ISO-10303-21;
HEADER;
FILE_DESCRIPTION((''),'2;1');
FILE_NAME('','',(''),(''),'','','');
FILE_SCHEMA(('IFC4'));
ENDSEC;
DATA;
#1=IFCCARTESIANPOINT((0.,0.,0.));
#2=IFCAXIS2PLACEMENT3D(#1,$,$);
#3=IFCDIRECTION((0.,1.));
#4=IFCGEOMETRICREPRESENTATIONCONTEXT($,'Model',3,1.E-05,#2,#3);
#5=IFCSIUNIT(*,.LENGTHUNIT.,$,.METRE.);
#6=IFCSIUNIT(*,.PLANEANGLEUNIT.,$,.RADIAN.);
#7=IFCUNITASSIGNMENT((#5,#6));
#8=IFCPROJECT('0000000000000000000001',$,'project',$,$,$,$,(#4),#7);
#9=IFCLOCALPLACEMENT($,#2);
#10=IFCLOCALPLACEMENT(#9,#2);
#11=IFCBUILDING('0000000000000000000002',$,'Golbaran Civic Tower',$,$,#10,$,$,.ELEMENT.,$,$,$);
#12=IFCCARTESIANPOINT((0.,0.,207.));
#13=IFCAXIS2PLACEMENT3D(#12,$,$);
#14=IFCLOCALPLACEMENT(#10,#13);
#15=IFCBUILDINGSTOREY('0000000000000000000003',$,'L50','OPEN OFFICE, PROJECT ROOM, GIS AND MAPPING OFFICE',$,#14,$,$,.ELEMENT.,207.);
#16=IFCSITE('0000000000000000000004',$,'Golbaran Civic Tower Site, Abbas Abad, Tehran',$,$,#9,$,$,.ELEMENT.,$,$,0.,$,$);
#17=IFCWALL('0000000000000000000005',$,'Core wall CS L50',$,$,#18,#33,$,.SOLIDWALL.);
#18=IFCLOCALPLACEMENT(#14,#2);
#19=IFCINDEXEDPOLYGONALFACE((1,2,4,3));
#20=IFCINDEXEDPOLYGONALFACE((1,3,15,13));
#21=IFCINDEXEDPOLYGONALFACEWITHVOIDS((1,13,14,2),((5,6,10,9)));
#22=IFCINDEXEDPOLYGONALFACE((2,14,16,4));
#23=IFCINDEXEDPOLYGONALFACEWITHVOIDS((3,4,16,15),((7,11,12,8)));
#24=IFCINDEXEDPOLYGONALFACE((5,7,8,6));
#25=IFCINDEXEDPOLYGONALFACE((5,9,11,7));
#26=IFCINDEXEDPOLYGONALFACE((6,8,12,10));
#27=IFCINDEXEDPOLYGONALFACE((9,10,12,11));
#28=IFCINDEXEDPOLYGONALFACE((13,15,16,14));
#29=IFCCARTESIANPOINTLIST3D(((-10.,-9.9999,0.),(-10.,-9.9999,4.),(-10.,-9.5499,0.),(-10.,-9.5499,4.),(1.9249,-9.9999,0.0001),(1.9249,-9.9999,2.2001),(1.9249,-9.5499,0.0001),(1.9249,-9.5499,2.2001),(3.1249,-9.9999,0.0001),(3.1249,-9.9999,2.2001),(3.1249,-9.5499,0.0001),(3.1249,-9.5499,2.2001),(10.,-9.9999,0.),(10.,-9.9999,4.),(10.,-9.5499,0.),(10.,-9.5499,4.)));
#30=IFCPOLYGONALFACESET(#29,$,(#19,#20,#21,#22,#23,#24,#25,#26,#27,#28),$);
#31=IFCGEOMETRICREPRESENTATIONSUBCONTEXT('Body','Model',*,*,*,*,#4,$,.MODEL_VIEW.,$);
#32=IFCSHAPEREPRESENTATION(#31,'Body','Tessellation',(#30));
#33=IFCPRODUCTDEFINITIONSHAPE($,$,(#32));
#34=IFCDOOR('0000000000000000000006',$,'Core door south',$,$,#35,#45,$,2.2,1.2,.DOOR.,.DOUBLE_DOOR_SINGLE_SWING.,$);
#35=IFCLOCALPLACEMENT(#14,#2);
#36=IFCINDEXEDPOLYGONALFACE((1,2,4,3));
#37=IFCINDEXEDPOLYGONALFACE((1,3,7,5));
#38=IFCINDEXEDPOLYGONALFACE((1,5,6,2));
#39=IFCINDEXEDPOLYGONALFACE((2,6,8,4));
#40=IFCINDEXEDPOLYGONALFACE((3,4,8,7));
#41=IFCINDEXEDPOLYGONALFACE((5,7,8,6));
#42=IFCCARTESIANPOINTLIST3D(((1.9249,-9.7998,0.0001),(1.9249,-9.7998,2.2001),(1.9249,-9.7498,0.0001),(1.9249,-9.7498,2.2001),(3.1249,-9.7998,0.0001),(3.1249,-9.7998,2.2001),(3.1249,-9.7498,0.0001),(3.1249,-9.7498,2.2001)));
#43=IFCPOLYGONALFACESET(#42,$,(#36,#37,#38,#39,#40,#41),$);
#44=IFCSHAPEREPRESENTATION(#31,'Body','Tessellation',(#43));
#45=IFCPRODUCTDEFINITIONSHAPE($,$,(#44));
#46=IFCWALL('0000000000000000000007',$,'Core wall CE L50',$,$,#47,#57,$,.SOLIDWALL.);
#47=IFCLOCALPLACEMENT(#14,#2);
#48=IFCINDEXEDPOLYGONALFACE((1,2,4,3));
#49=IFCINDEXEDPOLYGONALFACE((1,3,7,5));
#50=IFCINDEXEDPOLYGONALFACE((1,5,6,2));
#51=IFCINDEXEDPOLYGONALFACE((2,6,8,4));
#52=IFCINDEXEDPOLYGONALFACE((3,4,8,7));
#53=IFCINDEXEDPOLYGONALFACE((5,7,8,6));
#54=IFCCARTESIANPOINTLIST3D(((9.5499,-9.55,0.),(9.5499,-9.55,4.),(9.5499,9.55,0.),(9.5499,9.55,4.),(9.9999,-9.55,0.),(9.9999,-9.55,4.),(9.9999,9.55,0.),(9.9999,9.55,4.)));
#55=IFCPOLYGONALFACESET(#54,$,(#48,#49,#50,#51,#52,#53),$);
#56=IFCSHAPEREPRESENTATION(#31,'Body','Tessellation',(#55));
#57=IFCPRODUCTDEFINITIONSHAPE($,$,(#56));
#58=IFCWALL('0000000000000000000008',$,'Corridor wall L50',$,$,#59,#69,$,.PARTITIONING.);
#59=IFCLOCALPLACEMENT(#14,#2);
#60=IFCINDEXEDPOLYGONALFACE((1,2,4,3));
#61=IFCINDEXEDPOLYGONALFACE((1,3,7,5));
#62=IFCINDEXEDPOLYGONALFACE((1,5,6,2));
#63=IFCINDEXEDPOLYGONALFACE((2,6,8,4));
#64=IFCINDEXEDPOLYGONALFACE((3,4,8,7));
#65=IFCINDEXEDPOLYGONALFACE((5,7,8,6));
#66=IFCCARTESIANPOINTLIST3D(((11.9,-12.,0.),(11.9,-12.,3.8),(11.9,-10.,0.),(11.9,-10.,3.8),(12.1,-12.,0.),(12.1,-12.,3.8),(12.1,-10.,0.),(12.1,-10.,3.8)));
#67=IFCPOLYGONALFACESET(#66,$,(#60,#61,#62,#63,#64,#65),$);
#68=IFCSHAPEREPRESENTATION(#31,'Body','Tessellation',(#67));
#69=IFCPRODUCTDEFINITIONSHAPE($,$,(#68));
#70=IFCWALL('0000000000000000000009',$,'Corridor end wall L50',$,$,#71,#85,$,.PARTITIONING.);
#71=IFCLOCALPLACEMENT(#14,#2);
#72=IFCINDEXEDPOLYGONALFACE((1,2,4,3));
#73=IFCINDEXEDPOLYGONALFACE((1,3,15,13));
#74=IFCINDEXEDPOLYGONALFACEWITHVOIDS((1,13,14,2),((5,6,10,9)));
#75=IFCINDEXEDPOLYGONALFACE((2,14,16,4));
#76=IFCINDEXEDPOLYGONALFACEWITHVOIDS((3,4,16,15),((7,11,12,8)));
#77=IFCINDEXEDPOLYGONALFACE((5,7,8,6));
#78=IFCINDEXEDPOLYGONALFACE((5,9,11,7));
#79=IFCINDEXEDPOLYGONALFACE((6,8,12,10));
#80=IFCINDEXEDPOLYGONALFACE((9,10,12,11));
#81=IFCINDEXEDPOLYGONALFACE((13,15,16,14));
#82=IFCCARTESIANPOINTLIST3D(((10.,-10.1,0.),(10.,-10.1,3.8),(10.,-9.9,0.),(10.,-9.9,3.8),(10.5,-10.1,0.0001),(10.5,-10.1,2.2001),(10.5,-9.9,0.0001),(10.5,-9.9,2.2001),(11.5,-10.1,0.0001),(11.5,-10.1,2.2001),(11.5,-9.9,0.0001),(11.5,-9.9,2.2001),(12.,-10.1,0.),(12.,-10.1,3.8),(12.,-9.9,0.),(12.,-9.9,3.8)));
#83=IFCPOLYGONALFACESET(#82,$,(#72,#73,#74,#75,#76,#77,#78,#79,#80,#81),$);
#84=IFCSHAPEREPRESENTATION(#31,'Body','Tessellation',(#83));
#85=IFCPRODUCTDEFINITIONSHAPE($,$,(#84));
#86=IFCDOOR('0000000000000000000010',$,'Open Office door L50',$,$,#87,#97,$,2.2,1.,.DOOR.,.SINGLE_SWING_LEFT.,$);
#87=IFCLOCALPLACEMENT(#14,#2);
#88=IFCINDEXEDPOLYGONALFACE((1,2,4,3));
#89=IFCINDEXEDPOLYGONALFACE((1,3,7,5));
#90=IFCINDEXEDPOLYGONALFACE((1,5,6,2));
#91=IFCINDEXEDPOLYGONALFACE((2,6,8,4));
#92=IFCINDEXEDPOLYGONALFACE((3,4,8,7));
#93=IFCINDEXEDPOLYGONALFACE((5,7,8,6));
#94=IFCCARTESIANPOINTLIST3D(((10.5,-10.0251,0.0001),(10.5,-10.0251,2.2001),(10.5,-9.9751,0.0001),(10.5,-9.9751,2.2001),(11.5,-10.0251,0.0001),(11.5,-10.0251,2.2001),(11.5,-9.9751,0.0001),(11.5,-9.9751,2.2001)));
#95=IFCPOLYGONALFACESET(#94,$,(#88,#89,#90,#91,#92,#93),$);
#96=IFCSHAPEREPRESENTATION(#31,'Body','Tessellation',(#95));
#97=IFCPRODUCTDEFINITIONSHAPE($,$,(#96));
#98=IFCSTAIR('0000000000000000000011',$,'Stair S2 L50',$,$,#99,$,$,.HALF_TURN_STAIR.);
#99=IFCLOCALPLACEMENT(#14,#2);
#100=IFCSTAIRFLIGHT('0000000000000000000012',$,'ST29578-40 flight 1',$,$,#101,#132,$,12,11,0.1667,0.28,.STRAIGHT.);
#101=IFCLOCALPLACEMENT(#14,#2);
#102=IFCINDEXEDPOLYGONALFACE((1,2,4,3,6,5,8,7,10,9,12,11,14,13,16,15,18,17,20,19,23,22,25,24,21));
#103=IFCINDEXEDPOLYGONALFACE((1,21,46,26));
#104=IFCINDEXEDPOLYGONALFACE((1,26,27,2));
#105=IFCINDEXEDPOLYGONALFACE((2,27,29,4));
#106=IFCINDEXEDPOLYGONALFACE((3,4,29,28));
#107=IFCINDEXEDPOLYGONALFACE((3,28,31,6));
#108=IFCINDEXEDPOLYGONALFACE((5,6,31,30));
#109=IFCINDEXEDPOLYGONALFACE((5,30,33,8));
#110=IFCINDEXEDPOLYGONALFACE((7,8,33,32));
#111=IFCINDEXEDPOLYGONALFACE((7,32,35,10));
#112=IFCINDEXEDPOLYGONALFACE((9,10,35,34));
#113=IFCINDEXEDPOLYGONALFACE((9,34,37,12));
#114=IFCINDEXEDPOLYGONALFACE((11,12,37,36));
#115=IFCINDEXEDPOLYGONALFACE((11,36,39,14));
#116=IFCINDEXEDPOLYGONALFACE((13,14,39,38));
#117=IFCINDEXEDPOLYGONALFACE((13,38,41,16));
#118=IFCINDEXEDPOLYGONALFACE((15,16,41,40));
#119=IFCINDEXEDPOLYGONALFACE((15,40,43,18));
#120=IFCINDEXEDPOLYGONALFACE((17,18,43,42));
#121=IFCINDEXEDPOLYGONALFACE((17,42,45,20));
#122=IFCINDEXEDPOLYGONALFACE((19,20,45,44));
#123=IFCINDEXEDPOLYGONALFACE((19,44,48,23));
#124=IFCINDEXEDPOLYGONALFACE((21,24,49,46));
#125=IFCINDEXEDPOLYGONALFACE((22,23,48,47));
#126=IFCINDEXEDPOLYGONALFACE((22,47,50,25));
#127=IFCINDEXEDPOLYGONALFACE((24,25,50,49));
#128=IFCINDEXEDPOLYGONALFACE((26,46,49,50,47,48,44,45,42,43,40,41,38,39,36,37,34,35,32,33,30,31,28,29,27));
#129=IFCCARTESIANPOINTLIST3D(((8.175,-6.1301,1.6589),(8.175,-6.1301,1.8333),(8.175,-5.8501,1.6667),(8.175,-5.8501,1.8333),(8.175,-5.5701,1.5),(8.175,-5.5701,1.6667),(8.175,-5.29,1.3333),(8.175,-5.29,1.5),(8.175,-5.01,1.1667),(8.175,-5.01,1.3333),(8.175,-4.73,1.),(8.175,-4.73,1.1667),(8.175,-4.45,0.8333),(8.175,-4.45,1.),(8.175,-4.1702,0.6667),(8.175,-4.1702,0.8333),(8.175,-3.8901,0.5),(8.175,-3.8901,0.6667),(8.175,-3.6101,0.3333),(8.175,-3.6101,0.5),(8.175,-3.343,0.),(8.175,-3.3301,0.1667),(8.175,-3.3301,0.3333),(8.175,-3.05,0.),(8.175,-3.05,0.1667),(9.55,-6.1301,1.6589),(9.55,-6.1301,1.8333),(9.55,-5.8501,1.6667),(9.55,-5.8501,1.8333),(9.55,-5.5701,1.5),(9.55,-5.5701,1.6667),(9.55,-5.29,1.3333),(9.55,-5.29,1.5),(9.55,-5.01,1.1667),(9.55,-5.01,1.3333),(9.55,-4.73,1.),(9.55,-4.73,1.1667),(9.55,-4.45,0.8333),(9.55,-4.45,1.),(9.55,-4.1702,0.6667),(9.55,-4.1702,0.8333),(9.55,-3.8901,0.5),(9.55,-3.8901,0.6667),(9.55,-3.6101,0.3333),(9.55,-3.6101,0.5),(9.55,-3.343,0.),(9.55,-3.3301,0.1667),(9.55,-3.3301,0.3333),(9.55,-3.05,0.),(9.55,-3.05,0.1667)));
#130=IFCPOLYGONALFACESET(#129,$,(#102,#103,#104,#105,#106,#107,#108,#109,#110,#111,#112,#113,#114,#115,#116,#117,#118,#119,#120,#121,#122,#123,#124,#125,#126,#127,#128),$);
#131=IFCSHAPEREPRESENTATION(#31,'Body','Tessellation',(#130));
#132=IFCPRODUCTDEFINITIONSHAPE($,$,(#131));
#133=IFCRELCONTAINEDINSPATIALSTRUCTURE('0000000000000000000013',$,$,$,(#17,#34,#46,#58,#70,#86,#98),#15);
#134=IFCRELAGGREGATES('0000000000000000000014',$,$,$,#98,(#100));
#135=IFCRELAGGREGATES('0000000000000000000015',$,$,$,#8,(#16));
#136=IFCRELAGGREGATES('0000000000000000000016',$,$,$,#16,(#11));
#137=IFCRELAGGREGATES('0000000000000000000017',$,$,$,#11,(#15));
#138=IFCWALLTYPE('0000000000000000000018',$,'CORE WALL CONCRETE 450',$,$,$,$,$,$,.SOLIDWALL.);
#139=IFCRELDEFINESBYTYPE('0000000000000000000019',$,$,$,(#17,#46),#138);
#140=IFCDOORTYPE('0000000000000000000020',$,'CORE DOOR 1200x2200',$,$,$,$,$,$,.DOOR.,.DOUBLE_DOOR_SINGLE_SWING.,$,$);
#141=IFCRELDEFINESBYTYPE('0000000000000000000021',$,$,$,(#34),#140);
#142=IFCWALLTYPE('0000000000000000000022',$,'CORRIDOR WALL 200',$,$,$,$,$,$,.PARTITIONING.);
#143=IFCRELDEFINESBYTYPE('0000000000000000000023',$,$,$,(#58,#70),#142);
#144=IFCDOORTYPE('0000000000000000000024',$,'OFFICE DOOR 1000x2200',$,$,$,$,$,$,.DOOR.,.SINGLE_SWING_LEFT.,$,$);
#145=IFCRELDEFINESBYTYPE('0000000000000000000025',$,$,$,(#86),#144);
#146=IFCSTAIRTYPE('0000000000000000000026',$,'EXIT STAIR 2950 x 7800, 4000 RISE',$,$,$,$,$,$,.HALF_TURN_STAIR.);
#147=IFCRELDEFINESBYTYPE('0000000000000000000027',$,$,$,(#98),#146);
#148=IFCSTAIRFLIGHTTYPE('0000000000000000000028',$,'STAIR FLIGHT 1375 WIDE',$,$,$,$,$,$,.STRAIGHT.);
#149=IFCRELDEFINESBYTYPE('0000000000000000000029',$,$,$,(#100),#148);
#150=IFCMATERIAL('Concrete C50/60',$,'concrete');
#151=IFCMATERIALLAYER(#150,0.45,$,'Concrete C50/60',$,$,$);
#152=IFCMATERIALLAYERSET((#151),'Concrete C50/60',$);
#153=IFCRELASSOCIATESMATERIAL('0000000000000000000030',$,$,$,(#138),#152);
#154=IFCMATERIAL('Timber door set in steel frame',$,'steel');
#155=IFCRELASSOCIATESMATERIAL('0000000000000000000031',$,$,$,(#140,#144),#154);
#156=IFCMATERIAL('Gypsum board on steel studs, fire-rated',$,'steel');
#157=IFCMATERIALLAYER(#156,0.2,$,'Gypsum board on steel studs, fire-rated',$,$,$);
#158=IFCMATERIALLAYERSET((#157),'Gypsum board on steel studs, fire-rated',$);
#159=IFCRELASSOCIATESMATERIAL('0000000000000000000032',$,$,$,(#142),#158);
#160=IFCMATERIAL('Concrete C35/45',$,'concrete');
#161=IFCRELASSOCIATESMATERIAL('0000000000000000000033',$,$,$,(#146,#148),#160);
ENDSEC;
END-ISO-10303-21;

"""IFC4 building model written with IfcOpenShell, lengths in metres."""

from ifc_helpers import new_model, si_unit, direction, frame, frame_2d, origin, place, context, subcontext, project, spatial, polyline, rectangle, outline, extrude, material, layer, layer_set, type_object, element, fill, aggregate, save


model = new_model("IFC4")

# Units and contexts
model_context = context("Model", 3, precision=1e-05, world=origin(), true_north=direction((0.0, 1.0)))
body_context = subcontext(model_context, "Body", "Model", "MODEL_VIEW")
ifc_project = project(units=[si_unit("LENGTHUNIT", "METRE"), si_unit("PLANEANGLEUNIT", "RADIAN")], contexts=[model_context])

# Site, building, storey
site_placement = place(None, origin())
site = spatial("IfcSite", under=ifc_project, at=site_placement, Name="Golbaran Civic Tower Site, Abbas Abad, Tehran", CompositionType="ELEMENT", RefElevation=0.0)
building_placement = place(site_placement, origin())
building = spatial("IfcBuilding", under=site, at=building_placement, Name="Golbaran Civic Tower", CompositionType="ELEMENT")
storey_placement = place(building_placement, frame((0.0, 0.0, 207.0)))
storey = spatial("IfcBuildingStorey", under=building, at=storey_placement, Name="L50", Description="OPEN OFFICE, PROJECT ROOM, GIS AND MAPPING OFFICE", CompositionType="ELEMENT", Elevation=207.0)

# Wall, opening, door
ifc_material_1 = material(Name="Concrete C50/60", Category="concrete")
ifc_layer_1 = layer(ifc_material_1, 0.45, Name="Concrete C50/60")
ifc_layer_set_1 = layer_set([ifc_layer_1], Name="Concrete C50/60")
wall_type_1 = type_object("IfcWallType", Name="CORE WALL CONCRETE 450", PredefinedType="SOLIDWALL", material=ifc_layer_set_1)
wall_1_placement = place(storey_placement, frame((10.0, -9.7749, 0.0), z_axis=(0.0, 0.0, 1.0), x_axis=(-1.0, 0.0, 0.0)))
wall_1 = element("IfcWall", 1, at=wall_1_placement, inside=storey, type_object=wall_type_1, Name="Core wall CS L50", PredefinedType="SOLIDWALL", context=body_context, shape_type="SweptSolid", body=[
    extrude(rectangle(XDim=20.0, YDim=0.45, at=frame_2d((10.0, 0.0))), origin(), (0.0, 0.0, 1.0), 4.0),
])
opening_1_placement = place(wall_1_placement, frame((6.875, 0.0, 0.0)))
opening_1 = element("IfcOpeningElement", 2, at=opening_1_placement, cuts=wall_1, PredefinedType="OPENING", context=body_context, shape_type="SweptSolid", body=[
    extrude(rectangle(XDim=1.2, YDim=2.2, at=frame_2d((0.6001, 1.1001))), frame((0.0, 0.2349, 0.0), z_axis=(0.0, -1.0, 0.0), x_axis=(1.0, 0.0, 0.0)), (0.0, 0.0, 1.0), 0.47),
])
ifc_material_2 = material(Name="Timber door set in steel frame", Category="steel")
door_type_1 = type_object("IfcDoorType", Name="CORE DOOR 1200x2200", OperationType="DOUBLE_DOOR_SINGLE_SWING", PredefinedType="DOOR", material=ifc_material_2)
door_1_placement = place(opening_1_placement, origin())
door_1 = element("IfcDoor", 3, at=door_1_placement, inside=storey, type_object=door_type_1, Name="Core door south", OperationType="DOUBLE_DOOR_SINGLE_SWING", OverallHeight=2.2, OverallWidth=1.2, PredefinedType="DOOR", context=body_context, shape_type="SweptSolid", body=[
    extrude(rectangle(XDim=1.2, YDim=2.2, at=frame_2d((0.6001, 1.1001))), frame((0.0, 0.0249, 0.0), z_axis=(0.0, -1.0, 0.0), x_axis=(1.0, 0.0, 0.0)), (0.0, 0.0, 1.0), 0.05),
])
fill(opening_1, door_1)

# Walls
wall_2_placement = place(storey_placement, frame((9.7749, -9.55, 0.0), z_axis=(0.0, 0.0, 1.0), x_axis=(0.0, 1.0, 0.0)))
element("IfcWall", 4, at=wall_2_placement, inside=storey, type_object=wall_type_1, Name="Core wall CE L50", PredefinedType="SOLIDWALL", context=body_context, shape_type="SweptSolid", body=[
    extrude(rectangle(XDim=19.1001, YDim=0.45, at=frame_2d((9.55, 0.0))), origin(), (0.0, 0.0, 1.0), 4.0),
])
ifc_material_3 = material(Name="Gypsum board on steel studs, fire-rated", Category="steel")
ifc_layer_2 = layer(ifc_material_3, 0.2, Name="Gypsum board on steel studs, fire-rated")
ifc_layer_set_2 = layer_set([ifc_layer_2], Name="Gypsum board on steel studs, fire-rated")
wall_type_2 = type_object("IfcWallType", Name="CORRIDOR WALL 200", PredefinedType="PARTITIONING", material=ifc_layer_set_2)
wall_3_placement = place(storey_placement, frame((12.0, -12.0, 0.0), z_axis=(0.0, 0.0, 1.0), x_axis=(0.0, 1.0, 0.0)))
element("IfcWall", 5, at=wall_3_placement, inside=storey, type_object=wall_type_2, Name="Corridor wall L50", PredefinedType="PARTITIONING", context=body_context, shape_type="SweptSolid", body=[
    extrude(rectangle(XDim=2.0, YDim=0.2, at=frame_2d((1.0, 0.0))), origin(), (0.0, 0.0, 1.0), 3.8),
])

# Wall, opening, door
wall_4_placement = place(storey_placement, frame((10.0, -10.0, 0.0), z_axis=(0.0, 0.0, 1.0), x_axis=(1.0, 0.0, 0.0)))
wall_4 = element("IfcWall", 6, at=wall_4_placement, inside=storey, type_object=wall_type_2, Name="Corridor end wall L50", PredefinedType="PARTITIONING", context=body_context, shape_type="SweptSolid", body=[
    extrude(rectangle(XDim=2.0, YDim=0.2, at=frame_2d((1.0, 0.0))), origin(), (0.0, 0.0, 1.0), 3.8),
])
opening_2_placement = place(wall_4_placement, frame((0.5, 0.0, 0.0)))
opening_2 = element("IfcOpeningElement", 7, at=opening_2_placement, cuts=wall_4, PredefinedType="OPENING", context=body_context, shape_type="SweptSolid", body=[
    extrude(rectangle(XDim=1.0, YDim=2.2, at=frame_2d((0.5, 1.1001))), frame((0.0, 0.1099, 0.0), z_axis=(0.0, -1.0, 0.0), x_axis=(1.0, 0.0, 0.0)), (0.0, 0.0, 1.0), 0.22),
])
door_type_2 = type_object("IfcDoorType", Name="OFFICE DOOR 1000x2200", OperationType="SINGLE_SWING_LEFT", PredefinedType="DOOR", material=ifc_material_2)
door_2_placement = place(opening_2_placement, origin())
door_2 = element("IfcDoor", 8, at=door_2_placement, inside=storey, type_object=door_type_2, Name="Open Office door L50", OperationType="SINGLE_SWING_LEFT", OverallHeight=2.2, OverallWidth=1.0, PredefinedType="DOOR", context=body_context, shape_type="SweptSolid", body=[
    extrude(rectangle(XDim=1.0, YDim=2.2, at=frame_2d((0.5, 1.1001))), frame((0.0, 0.0249, 0.0), z_axis=(0.0, -1.0, 0.0), x_axis=(1.0, 0.0, 0.0)), (0.0, 0.0, 1.0), 0.05),
])
fill(opening_2, door_2)

# Stair, stair flight
ifc_material_4 = material(Name="Concrete C35/45", Category="concrete")
stair_type = type_object("IfcStairType", Name="EXIT STAIR 2950 x 7800, 4000 RISE", PredefinedType="HALF_TURN_STAIR", material=ifc_material_4)
stair_placement = place(storey_placement, origin())
stair = element("IfcStair", 9, at=stair_placement, inside=storey, type_object=stair_type, Name="Stair S2 L50", PredefinedType="HALF_TURN_STAIR")
stair_flight_type = type_object("IfcStairFlightType", Name="STAIR FLIGHT 1375 WIDE", PredefinedType="STRAIGHT", material=ifc_material_4)
stair_flight_placement = place(storey_placement, frame((8.8625, -3.05, 0.0), z_axis=(0.0, 0.0, 1.0), x_axis=(0.0, -1.0, 0.0)))
stair_flight = element("IfcStairFlight", 10, at=stair_flight_placement, type_object=stair_flight_type, Name="ST29578-40 flight 1", NumberOfRisers=12, NumberOfTreads=11, PredefinedType="STRAIGHT", RiserHeight=0.1667, TreadLength=0.28, context=body_context, shape_type="SweptSolid", body=[
    extrude(outline(polyline([(0.0, 0.0), (0.0, 0.1667), (0.28, 0.1667), (0.28, 0.3333), (0.5601, 0.3333), (0.5601, 0.5), (0.8401, 0.5), (0.8401, 0.6667), (1.1201, 0.6667), (1.1201, 0.8333), (1.3999, 0.8333), (1.3999, 1.0), (1.6799, 1.0), (1.6799, 1.1667), (1.96, 1.1667), (1.96, 1.3333), (2.24, 1.3333), (2.24, 1.5), (2.52, 1.5), (2.52, 1.6667), (2.8, 1.6667), (2.8, 1.8333), (3.0801, 1.8333), (3.0801, 2.0), (3.0801, 1.6589), (0.293, 0.0), (0.0, 0.0)])), frame((0.0, 0.6875, 0.0), z_axis=(0.0, -1.0, 0.0), x_axis=(1.0, 0.0, 0.0)), (0.0, 0.0, 1.0), 1.375),
])
aggregate(stair, [stair_flight])

save(model, "model.ifc")
